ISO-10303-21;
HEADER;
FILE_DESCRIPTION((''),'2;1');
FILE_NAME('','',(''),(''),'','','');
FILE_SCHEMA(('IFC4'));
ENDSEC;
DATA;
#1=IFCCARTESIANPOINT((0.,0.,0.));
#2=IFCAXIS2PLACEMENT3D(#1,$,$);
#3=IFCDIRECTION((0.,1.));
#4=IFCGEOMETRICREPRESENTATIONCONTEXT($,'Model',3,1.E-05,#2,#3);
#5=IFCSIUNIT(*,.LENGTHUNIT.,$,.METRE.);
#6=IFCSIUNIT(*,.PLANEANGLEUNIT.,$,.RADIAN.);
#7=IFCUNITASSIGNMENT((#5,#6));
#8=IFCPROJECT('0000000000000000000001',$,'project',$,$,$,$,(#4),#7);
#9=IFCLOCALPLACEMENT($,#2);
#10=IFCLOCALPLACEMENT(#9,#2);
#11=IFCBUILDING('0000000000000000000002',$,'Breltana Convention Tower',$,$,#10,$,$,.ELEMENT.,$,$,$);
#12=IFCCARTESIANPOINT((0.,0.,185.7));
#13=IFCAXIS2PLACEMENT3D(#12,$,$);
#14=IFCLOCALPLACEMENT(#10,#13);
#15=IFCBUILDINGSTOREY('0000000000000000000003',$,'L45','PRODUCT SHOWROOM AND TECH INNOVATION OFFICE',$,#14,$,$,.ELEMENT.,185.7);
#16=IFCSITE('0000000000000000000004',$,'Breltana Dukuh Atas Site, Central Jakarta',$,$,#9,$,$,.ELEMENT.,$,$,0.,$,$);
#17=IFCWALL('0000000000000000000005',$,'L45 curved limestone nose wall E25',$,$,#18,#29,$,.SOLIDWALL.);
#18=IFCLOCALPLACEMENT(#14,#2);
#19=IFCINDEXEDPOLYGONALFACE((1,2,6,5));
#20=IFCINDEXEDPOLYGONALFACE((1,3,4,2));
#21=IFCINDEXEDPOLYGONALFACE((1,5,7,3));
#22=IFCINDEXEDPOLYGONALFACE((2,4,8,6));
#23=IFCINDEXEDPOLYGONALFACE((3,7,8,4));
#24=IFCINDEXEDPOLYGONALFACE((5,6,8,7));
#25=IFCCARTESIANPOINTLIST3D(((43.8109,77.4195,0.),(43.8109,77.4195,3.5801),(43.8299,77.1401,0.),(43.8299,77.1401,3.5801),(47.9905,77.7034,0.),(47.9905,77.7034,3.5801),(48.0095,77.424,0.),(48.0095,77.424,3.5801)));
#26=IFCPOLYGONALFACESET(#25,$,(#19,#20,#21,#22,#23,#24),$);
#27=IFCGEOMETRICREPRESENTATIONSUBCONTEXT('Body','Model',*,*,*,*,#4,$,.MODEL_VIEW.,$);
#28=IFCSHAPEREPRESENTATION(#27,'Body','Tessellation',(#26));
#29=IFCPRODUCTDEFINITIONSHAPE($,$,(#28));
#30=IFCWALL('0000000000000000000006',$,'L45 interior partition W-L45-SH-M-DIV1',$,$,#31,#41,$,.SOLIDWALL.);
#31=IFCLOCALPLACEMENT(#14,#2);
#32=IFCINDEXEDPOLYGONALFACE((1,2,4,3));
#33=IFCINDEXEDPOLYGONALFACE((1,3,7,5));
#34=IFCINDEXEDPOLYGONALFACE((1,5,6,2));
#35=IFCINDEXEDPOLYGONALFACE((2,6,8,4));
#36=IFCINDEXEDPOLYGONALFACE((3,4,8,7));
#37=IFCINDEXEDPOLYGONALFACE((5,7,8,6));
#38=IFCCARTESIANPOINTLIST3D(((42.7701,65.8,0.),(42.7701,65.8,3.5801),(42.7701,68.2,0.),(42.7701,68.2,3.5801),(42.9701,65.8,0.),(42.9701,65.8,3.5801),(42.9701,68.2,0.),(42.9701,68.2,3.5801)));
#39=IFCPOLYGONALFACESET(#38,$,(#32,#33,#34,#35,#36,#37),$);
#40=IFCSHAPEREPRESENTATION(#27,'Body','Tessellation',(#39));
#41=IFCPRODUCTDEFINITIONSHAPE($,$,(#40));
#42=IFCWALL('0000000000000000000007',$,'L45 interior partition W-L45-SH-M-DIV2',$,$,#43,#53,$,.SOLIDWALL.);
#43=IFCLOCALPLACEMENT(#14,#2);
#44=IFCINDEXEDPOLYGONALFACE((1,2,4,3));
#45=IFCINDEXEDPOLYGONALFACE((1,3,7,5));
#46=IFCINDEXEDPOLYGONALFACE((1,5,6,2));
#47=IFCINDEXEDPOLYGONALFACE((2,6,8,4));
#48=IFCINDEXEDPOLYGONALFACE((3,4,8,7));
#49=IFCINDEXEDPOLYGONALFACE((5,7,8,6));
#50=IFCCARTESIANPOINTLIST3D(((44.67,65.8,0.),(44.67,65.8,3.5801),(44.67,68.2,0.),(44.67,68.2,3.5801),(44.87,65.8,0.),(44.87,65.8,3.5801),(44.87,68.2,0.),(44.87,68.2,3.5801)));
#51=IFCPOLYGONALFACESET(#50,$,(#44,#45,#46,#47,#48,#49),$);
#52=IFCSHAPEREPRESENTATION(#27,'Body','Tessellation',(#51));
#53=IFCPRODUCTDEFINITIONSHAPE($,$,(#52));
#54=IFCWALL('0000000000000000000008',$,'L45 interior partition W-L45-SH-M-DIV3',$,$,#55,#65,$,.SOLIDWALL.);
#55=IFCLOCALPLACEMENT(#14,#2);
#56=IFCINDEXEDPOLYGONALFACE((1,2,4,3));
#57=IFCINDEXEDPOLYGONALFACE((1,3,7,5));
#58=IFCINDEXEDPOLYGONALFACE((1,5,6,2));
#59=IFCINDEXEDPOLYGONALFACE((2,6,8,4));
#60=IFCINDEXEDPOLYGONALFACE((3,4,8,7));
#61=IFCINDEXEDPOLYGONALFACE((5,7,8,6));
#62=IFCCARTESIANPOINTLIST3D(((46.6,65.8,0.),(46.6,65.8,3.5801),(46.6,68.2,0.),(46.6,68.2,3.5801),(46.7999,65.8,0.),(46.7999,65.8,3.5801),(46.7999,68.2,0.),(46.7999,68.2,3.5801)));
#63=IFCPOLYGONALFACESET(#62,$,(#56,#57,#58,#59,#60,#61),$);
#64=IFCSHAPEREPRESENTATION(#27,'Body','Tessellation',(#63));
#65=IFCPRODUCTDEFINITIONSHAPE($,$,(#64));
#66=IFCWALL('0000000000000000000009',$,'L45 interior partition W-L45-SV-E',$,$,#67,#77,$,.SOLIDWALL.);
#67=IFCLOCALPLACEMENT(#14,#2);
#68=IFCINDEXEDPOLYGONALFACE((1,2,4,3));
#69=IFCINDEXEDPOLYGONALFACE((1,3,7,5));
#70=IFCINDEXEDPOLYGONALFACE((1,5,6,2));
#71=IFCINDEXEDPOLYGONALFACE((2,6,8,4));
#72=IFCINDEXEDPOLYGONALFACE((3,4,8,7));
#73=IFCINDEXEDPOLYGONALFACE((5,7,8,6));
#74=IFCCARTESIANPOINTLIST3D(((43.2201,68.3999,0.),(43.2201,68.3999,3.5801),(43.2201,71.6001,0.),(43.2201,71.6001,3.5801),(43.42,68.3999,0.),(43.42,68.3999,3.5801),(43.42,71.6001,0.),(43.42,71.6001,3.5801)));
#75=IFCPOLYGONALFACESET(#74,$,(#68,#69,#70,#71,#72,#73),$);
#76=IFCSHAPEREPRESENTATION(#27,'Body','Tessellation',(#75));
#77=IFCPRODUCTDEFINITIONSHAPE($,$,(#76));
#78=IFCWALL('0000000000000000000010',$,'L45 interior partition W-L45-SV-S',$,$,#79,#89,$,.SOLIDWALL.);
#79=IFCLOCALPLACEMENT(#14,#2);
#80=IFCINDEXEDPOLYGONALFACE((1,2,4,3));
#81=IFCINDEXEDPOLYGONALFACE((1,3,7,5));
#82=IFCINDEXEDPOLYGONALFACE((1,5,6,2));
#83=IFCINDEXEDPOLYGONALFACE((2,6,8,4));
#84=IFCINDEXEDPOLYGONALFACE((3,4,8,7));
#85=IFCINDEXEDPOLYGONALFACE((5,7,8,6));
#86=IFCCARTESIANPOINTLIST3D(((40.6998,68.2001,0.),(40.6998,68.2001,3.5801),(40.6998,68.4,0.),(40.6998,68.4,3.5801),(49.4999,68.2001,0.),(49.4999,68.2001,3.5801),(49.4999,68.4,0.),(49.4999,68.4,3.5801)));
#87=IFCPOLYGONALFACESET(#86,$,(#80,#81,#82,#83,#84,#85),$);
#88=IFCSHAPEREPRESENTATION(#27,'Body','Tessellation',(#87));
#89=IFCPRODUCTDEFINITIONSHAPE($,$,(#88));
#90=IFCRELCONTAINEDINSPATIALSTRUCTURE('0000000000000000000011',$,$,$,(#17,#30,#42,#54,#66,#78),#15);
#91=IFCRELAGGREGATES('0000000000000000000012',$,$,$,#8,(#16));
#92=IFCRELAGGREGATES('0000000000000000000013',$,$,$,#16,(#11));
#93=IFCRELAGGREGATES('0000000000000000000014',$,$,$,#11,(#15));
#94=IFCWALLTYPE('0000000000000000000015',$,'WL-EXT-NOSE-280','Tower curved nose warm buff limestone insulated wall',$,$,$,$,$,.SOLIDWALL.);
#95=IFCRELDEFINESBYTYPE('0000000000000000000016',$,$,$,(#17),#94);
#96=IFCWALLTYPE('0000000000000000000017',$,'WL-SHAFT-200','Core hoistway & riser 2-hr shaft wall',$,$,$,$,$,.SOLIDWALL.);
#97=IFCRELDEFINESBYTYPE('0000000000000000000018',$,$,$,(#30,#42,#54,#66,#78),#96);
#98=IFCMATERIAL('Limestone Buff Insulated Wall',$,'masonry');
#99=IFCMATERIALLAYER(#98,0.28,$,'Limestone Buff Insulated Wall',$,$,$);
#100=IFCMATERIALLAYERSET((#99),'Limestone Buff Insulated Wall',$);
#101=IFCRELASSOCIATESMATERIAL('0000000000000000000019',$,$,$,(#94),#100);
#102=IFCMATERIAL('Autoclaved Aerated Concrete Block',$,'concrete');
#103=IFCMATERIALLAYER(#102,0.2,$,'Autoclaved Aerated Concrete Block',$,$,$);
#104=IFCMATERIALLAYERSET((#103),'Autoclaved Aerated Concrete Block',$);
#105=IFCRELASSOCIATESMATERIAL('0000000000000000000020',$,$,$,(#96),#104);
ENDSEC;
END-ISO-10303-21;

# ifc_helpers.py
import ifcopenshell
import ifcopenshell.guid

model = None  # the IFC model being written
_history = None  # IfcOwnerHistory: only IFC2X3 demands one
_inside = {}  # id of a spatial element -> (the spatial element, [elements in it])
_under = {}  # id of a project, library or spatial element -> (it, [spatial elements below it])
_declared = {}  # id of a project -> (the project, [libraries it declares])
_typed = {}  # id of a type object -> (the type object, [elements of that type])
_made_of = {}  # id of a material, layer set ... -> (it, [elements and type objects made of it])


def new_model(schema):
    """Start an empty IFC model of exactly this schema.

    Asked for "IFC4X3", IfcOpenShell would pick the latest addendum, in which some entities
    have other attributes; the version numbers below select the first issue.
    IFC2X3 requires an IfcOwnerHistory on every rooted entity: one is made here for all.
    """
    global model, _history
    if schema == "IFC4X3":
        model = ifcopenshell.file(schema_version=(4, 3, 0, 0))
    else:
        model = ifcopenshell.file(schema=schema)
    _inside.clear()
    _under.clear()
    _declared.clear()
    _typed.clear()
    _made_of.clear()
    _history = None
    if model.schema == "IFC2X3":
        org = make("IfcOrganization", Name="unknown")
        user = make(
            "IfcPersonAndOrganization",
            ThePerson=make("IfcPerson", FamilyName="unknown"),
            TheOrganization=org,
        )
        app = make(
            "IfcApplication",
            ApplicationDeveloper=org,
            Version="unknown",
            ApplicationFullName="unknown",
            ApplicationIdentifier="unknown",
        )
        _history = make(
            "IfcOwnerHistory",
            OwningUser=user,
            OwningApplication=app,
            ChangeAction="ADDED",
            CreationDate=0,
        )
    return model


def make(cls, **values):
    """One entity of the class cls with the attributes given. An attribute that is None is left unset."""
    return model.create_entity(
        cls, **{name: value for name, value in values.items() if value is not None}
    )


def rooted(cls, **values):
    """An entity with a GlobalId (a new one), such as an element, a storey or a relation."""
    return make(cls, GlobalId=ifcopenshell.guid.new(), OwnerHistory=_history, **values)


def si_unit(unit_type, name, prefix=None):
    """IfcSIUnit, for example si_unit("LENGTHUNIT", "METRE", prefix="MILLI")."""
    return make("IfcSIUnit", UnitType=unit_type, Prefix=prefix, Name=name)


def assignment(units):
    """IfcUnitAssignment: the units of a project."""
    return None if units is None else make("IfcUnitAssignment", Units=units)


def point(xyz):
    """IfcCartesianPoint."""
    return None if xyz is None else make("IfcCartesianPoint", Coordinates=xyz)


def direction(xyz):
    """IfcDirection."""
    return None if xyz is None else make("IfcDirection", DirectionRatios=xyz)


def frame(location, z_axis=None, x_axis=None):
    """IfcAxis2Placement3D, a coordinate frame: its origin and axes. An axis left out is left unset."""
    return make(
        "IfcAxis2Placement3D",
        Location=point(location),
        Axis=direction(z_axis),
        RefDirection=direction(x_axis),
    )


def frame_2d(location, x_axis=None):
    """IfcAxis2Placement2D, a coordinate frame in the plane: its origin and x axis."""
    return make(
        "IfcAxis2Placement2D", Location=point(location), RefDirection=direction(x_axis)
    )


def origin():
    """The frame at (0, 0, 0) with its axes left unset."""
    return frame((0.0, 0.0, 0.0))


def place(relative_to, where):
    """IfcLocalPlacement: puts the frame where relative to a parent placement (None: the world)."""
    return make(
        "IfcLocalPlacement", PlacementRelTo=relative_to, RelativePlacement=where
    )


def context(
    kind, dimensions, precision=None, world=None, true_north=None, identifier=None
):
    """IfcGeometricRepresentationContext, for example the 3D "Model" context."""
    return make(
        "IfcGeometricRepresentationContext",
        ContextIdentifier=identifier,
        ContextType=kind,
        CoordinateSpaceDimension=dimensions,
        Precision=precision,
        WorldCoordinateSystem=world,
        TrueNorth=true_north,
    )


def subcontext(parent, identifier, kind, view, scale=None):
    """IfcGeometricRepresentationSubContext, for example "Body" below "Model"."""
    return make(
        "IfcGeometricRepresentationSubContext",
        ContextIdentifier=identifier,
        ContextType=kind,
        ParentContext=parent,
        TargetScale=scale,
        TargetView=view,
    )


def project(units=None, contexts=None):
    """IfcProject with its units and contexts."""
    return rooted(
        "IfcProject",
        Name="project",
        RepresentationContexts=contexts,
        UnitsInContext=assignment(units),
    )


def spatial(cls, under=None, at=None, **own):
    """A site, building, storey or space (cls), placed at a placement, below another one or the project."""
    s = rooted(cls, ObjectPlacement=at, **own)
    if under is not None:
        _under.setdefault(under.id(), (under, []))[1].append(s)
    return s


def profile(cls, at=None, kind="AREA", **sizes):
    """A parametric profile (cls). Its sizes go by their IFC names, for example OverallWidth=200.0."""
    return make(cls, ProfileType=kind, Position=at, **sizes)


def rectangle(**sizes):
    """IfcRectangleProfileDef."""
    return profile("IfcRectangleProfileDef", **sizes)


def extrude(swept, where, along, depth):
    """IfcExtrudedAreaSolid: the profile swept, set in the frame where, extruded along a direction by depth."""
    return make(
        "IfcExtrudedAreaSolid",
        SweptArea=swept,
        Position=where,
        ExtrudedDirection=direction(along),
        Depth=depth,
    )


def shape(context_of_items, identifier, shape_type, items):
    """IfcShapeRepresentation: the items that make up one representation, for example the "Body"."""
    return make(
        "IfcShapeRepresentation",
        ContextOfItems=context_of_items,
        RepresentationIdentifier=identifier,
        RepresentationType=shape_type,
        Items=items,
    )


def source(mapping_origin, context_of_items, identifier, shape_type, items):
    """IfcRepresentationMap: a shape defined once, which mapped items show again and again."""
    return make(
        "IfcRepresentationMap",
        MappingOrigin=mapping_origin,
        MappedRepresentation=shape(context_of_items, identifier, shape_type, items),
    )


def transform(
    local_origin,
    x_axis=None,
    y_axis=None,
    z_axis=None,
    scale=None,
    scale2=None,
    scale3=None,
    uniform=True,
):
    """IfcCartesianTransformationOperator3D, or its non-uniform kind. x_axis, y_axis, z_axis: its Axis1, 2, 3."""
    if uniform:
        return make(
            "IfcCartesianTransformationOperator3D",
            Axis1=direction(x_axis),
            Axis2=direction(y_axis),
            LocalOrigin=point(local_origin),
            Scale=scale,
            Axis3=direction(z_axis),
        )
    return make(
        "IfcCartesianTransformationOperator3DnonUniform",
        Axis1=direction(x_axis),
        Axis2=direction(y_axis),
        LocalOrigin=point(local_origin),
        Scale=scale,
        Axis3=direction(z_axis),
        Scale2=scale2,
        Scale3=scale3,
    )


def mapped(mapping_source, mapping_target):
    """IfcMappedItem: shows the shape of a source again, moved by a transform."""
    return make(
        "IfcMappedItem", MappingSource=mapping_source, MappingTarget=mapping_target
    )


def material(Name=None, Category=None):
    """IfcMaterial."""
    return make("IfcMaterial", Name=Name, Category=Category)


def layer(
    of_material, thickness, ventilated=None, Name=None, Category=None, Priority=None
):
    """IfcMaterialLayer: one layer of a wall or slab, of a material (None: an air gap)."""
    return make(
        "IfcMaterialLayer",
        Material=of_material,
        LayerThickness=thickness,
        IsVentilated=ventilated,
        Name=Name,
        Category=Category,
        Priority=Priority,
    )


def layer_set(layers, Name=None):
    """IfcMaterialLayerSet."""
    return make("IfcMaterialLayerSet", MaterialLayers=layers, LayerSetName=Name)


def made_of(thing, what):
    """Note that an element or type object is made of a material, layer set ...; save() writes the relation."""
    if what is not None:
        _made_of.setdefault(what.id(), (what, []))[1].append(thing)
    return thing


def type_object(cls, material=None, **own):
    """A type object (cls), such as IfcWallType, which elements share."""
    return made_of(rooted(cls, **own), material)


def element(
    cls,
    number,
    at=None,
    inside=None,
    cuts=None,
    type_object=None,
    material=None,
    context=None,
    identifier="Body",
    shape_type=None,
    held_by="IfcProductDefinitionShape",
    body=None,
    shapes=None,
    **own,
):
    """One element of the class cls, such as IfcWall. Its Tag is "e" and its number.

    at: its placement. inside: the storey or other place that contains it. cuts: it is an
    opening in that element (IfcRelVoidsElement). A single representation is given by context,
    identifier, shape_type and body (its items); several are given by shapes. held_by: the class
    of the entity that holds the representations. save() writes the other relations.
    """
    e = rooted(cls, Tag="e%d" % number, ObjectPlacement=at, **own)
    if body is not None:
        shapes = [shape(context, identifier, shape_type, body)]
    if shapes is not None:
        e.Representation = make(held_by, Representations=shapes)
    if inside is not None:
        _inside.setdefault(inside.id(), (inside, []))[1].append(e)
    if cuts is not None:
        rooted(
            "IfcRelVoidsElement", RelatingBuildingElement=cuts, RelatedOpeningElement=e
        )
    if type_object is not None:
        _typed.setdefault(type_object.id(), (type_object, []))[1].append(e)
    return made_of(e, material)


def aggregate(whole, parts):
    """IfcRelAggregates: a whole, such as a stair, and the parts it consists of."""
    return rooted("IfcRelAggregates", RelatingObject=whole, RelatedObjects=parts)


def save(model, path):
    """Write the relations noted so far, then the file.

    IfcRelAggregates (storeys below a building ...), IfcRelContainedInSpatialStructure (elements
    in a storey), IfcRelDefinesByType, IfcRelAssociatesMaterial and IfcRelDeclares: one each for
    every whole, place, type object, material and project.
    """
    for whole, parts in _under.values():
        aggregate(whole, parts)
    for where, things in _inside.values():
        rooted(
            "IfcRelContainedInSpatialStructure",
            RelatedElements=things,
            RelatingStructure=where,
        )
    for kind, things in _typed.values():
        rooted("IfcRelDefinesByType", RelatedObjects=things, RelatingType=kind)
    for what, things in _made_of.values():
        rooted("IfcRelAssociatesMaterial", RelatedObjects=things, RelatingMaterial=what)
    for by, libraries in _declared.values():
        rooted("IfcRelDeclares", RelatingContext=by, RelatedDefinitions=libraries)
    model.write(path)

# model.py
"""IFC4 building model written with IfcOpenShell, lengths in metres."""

from ifc_helpers import new_model, si_unit, direction, frame, frame_2d, origin, place, context, subcontext, project, spatial, rectangle, extrude, source, transform, mapped, material, layer, layer_set, type_object, element, save


model = new_model("IFC4")

# Units and contexts
model_context = context("Model", 3, precision=1e-05, world=origin(), true_north=direction((0.0, 1.0)))
body_context = subcontext(model_context, "Body", "Model", "MODEL_VIEW")
ifc_project = project(units=[si_unit("LENGTHUNIT", "METRE"), si_unit("PLANEANGLEUNIT", "RADIAN")], contexts=[model_context])

# Site, building, storey
site_placement = place(None, origin())
site = spatial("IfcSite", under=ifc_project, at=site_placement, Name="Breltana Dukuh Atas Site, Central Jakarta", CompositionType="ELEMENT", RefElevation=0.0)
building_placement = place(site_placement, origin())
building = spatial("IfcBuilding", under=site, at=building_placement, Name="Breltana Convention Tower", CompositionType="ELEMENT")
storey_placement = place(building_placement, frame((0.0, 0.0, 185.7)))
storey = spatial("IfcBuildingStorey", under=building, at=storey_placement, Name="L45", Description="PRODUCT SHOWROOM AND TECH INNOVATION OFFICE", CompositionType="ELEMENT", Elevation=185.7)

# Walls
ifc_material_1 = material(Name="Limestone Buff Insulated Wall", Category="masonry")
ifc_layer_1 = layer(ifc_material_1, 0.28, Name="Limestone Buff Insulated Wall")
ifc_layer_set_1 = layer_set([ifc_layer_1], Name="Limestone Buff Insulated Wall")
wall_type_1 = type_object("IfcWallType", Name="WL-EXT-NOSE-280", Description="Tower curved nose warm buff limestone insulated wall", PredefinedType="SOLIDWALL", material=ifc_layer_set_1)
shared_shape_1 = source(origin(), body_context, "Body", "SweptSolid", [
    extrude(rectangle(XDim=4.1892, YDim=0.28, at=frame_2d((2.0947, 0.0))), origin(), (0.0, 0.0, 1.0), 3.5801),
])
wall_1_placement = place(storey_placement, frame((43.8203, 77.2798, 0.0), z_axis=(0.0, 0.0, 1.0), x_axis=(0.997701, 0.067776, 0.0)))
element("IfcWall", 1, at=wall_1_placement, inside=storey, type_object=wall_type_1, Name="L45 curved limestone nose wall E25", PredefinedType="SOLIDWALL", context=body_context, shape_type="MappedRepresentation", body=[
    mapped(shared_shape_1, transform((0.0, 0.0, 0.0), scale=1.0)),
])
ifc_material_2 = material(Name="Autoclaved Aerated Concrete Block", Category="concrete")
ifc_layer_2 = layer(ifc_material_2, 0.2, Name="Autoclaved Aerated Concrete Block")
ifc_layer_set_2 = layer_set([ifc_layer_2], Name="Autoclaved Aerated Concrete Block")
wall_type_2 = type_object("IfcWallType", Name="WL-SHAFT-200", Description="Core hoistway & riser 2-hr shaft wall", PredefinedType="SOLIDWALL", material=ifc_layer_set_2)
shared_shape_2 = source(origin(), body_context, "Body", "SweptSolid", [
    extrude(rectangle(XDim=2.3999, YDim=0.2, at=frame_2d((1.2, 0.0))), origin(), (0.0, 0.0, 1.0), 3.5801),
])
for number, where, z_axis, x_axis, name in (
    (2, (42.8701, 65.8, 0.0), (0.0, 0.0, 1.0), (0.0, 1.0, 0.0), "L45 interior partition W-L45-SH-M-DIV1"),
    (3, (44.77, 65.8, 0.0), (0.0, 0.0, 1.0), (0.0, 1.0, 0.0), "L45 interior partition W-L45-SH-M-DIV2"),
    (4, (46.7, 65.8, 0.0), (0.0, 0.0, 1.0), (0.0, 1.0, 0.0), "L45 interior partition W-L45-SH-M-DIV3"),
):
    element("IfcWall", number, at=place(storey_placement, frame(where, z_axis=z_axis, x_axis=x_axis)), inside=storey, type_object=wall_type_2, Name=name, PredefinedType="SOLIDWALL", context=body_context, shape_type="MappedRepresentation", body=[
        mapped(shared_shape_2, transform((0.0, 0.0, 0.0), scale=1.0)),
    ])
shared_shape_3 = source(origin(), body_context, "Body", "SweptSolid", [
    extrude(rectangle(XDim=3.2002, YDim=0.2, at=frame_2d((1.6001, 0.0))), origin(), (0.0, 0.0, 1.0), 3.5801),
])
wall_2_placement = place(storey_placement, frame((43.3201, 68.3999, 0.0), z_axis=(0.0, 0.0, 1.0), x_axis=(0.0, 1.0, 0.0)))
element("IfcWall", 5, at=wall_2_placement, inside=storey, type_object=wall_type_2, Name="L45 interior partition W-L45-SV-E", PredefinedType="SOLIDWALL", context=body_context, shape_type="MappedRepresentation", body=[
    mapped(shared_shape_3, transform((0.0, 0.0, 0.0), scale=1.0)),
])
shared_shape_4 = source(origin(), body_context, "Body", "SweptSolid", [
    extrude(rectangle(XDim=8.8, YDim=0.2, at=frame_2d((4.3999, 0.0))), origin(), (0.0, 0.0, 1.0), 3.5801),
])
wall_3_placement = place(storey_placement, frame((40.7, 68.3, 0.0), z_axis=(0.0, 0.0, 1.0), x_axis=(1.0, 0.0, 0.0)))
element("IfcWall", 6, at=wall_3_placement, inside=storey, type_object=wall_type_2, Name="L45 interior partition W-L45-SV-S", PredefinedType="SOLIDWALL", context=body_context, shape_type="MappedRepresentation", body=[
    mapped(shared_shape_4, transform((0.0, 0.0, 0.0), scale=1.0)),
])

save(model, "model.ifc")
